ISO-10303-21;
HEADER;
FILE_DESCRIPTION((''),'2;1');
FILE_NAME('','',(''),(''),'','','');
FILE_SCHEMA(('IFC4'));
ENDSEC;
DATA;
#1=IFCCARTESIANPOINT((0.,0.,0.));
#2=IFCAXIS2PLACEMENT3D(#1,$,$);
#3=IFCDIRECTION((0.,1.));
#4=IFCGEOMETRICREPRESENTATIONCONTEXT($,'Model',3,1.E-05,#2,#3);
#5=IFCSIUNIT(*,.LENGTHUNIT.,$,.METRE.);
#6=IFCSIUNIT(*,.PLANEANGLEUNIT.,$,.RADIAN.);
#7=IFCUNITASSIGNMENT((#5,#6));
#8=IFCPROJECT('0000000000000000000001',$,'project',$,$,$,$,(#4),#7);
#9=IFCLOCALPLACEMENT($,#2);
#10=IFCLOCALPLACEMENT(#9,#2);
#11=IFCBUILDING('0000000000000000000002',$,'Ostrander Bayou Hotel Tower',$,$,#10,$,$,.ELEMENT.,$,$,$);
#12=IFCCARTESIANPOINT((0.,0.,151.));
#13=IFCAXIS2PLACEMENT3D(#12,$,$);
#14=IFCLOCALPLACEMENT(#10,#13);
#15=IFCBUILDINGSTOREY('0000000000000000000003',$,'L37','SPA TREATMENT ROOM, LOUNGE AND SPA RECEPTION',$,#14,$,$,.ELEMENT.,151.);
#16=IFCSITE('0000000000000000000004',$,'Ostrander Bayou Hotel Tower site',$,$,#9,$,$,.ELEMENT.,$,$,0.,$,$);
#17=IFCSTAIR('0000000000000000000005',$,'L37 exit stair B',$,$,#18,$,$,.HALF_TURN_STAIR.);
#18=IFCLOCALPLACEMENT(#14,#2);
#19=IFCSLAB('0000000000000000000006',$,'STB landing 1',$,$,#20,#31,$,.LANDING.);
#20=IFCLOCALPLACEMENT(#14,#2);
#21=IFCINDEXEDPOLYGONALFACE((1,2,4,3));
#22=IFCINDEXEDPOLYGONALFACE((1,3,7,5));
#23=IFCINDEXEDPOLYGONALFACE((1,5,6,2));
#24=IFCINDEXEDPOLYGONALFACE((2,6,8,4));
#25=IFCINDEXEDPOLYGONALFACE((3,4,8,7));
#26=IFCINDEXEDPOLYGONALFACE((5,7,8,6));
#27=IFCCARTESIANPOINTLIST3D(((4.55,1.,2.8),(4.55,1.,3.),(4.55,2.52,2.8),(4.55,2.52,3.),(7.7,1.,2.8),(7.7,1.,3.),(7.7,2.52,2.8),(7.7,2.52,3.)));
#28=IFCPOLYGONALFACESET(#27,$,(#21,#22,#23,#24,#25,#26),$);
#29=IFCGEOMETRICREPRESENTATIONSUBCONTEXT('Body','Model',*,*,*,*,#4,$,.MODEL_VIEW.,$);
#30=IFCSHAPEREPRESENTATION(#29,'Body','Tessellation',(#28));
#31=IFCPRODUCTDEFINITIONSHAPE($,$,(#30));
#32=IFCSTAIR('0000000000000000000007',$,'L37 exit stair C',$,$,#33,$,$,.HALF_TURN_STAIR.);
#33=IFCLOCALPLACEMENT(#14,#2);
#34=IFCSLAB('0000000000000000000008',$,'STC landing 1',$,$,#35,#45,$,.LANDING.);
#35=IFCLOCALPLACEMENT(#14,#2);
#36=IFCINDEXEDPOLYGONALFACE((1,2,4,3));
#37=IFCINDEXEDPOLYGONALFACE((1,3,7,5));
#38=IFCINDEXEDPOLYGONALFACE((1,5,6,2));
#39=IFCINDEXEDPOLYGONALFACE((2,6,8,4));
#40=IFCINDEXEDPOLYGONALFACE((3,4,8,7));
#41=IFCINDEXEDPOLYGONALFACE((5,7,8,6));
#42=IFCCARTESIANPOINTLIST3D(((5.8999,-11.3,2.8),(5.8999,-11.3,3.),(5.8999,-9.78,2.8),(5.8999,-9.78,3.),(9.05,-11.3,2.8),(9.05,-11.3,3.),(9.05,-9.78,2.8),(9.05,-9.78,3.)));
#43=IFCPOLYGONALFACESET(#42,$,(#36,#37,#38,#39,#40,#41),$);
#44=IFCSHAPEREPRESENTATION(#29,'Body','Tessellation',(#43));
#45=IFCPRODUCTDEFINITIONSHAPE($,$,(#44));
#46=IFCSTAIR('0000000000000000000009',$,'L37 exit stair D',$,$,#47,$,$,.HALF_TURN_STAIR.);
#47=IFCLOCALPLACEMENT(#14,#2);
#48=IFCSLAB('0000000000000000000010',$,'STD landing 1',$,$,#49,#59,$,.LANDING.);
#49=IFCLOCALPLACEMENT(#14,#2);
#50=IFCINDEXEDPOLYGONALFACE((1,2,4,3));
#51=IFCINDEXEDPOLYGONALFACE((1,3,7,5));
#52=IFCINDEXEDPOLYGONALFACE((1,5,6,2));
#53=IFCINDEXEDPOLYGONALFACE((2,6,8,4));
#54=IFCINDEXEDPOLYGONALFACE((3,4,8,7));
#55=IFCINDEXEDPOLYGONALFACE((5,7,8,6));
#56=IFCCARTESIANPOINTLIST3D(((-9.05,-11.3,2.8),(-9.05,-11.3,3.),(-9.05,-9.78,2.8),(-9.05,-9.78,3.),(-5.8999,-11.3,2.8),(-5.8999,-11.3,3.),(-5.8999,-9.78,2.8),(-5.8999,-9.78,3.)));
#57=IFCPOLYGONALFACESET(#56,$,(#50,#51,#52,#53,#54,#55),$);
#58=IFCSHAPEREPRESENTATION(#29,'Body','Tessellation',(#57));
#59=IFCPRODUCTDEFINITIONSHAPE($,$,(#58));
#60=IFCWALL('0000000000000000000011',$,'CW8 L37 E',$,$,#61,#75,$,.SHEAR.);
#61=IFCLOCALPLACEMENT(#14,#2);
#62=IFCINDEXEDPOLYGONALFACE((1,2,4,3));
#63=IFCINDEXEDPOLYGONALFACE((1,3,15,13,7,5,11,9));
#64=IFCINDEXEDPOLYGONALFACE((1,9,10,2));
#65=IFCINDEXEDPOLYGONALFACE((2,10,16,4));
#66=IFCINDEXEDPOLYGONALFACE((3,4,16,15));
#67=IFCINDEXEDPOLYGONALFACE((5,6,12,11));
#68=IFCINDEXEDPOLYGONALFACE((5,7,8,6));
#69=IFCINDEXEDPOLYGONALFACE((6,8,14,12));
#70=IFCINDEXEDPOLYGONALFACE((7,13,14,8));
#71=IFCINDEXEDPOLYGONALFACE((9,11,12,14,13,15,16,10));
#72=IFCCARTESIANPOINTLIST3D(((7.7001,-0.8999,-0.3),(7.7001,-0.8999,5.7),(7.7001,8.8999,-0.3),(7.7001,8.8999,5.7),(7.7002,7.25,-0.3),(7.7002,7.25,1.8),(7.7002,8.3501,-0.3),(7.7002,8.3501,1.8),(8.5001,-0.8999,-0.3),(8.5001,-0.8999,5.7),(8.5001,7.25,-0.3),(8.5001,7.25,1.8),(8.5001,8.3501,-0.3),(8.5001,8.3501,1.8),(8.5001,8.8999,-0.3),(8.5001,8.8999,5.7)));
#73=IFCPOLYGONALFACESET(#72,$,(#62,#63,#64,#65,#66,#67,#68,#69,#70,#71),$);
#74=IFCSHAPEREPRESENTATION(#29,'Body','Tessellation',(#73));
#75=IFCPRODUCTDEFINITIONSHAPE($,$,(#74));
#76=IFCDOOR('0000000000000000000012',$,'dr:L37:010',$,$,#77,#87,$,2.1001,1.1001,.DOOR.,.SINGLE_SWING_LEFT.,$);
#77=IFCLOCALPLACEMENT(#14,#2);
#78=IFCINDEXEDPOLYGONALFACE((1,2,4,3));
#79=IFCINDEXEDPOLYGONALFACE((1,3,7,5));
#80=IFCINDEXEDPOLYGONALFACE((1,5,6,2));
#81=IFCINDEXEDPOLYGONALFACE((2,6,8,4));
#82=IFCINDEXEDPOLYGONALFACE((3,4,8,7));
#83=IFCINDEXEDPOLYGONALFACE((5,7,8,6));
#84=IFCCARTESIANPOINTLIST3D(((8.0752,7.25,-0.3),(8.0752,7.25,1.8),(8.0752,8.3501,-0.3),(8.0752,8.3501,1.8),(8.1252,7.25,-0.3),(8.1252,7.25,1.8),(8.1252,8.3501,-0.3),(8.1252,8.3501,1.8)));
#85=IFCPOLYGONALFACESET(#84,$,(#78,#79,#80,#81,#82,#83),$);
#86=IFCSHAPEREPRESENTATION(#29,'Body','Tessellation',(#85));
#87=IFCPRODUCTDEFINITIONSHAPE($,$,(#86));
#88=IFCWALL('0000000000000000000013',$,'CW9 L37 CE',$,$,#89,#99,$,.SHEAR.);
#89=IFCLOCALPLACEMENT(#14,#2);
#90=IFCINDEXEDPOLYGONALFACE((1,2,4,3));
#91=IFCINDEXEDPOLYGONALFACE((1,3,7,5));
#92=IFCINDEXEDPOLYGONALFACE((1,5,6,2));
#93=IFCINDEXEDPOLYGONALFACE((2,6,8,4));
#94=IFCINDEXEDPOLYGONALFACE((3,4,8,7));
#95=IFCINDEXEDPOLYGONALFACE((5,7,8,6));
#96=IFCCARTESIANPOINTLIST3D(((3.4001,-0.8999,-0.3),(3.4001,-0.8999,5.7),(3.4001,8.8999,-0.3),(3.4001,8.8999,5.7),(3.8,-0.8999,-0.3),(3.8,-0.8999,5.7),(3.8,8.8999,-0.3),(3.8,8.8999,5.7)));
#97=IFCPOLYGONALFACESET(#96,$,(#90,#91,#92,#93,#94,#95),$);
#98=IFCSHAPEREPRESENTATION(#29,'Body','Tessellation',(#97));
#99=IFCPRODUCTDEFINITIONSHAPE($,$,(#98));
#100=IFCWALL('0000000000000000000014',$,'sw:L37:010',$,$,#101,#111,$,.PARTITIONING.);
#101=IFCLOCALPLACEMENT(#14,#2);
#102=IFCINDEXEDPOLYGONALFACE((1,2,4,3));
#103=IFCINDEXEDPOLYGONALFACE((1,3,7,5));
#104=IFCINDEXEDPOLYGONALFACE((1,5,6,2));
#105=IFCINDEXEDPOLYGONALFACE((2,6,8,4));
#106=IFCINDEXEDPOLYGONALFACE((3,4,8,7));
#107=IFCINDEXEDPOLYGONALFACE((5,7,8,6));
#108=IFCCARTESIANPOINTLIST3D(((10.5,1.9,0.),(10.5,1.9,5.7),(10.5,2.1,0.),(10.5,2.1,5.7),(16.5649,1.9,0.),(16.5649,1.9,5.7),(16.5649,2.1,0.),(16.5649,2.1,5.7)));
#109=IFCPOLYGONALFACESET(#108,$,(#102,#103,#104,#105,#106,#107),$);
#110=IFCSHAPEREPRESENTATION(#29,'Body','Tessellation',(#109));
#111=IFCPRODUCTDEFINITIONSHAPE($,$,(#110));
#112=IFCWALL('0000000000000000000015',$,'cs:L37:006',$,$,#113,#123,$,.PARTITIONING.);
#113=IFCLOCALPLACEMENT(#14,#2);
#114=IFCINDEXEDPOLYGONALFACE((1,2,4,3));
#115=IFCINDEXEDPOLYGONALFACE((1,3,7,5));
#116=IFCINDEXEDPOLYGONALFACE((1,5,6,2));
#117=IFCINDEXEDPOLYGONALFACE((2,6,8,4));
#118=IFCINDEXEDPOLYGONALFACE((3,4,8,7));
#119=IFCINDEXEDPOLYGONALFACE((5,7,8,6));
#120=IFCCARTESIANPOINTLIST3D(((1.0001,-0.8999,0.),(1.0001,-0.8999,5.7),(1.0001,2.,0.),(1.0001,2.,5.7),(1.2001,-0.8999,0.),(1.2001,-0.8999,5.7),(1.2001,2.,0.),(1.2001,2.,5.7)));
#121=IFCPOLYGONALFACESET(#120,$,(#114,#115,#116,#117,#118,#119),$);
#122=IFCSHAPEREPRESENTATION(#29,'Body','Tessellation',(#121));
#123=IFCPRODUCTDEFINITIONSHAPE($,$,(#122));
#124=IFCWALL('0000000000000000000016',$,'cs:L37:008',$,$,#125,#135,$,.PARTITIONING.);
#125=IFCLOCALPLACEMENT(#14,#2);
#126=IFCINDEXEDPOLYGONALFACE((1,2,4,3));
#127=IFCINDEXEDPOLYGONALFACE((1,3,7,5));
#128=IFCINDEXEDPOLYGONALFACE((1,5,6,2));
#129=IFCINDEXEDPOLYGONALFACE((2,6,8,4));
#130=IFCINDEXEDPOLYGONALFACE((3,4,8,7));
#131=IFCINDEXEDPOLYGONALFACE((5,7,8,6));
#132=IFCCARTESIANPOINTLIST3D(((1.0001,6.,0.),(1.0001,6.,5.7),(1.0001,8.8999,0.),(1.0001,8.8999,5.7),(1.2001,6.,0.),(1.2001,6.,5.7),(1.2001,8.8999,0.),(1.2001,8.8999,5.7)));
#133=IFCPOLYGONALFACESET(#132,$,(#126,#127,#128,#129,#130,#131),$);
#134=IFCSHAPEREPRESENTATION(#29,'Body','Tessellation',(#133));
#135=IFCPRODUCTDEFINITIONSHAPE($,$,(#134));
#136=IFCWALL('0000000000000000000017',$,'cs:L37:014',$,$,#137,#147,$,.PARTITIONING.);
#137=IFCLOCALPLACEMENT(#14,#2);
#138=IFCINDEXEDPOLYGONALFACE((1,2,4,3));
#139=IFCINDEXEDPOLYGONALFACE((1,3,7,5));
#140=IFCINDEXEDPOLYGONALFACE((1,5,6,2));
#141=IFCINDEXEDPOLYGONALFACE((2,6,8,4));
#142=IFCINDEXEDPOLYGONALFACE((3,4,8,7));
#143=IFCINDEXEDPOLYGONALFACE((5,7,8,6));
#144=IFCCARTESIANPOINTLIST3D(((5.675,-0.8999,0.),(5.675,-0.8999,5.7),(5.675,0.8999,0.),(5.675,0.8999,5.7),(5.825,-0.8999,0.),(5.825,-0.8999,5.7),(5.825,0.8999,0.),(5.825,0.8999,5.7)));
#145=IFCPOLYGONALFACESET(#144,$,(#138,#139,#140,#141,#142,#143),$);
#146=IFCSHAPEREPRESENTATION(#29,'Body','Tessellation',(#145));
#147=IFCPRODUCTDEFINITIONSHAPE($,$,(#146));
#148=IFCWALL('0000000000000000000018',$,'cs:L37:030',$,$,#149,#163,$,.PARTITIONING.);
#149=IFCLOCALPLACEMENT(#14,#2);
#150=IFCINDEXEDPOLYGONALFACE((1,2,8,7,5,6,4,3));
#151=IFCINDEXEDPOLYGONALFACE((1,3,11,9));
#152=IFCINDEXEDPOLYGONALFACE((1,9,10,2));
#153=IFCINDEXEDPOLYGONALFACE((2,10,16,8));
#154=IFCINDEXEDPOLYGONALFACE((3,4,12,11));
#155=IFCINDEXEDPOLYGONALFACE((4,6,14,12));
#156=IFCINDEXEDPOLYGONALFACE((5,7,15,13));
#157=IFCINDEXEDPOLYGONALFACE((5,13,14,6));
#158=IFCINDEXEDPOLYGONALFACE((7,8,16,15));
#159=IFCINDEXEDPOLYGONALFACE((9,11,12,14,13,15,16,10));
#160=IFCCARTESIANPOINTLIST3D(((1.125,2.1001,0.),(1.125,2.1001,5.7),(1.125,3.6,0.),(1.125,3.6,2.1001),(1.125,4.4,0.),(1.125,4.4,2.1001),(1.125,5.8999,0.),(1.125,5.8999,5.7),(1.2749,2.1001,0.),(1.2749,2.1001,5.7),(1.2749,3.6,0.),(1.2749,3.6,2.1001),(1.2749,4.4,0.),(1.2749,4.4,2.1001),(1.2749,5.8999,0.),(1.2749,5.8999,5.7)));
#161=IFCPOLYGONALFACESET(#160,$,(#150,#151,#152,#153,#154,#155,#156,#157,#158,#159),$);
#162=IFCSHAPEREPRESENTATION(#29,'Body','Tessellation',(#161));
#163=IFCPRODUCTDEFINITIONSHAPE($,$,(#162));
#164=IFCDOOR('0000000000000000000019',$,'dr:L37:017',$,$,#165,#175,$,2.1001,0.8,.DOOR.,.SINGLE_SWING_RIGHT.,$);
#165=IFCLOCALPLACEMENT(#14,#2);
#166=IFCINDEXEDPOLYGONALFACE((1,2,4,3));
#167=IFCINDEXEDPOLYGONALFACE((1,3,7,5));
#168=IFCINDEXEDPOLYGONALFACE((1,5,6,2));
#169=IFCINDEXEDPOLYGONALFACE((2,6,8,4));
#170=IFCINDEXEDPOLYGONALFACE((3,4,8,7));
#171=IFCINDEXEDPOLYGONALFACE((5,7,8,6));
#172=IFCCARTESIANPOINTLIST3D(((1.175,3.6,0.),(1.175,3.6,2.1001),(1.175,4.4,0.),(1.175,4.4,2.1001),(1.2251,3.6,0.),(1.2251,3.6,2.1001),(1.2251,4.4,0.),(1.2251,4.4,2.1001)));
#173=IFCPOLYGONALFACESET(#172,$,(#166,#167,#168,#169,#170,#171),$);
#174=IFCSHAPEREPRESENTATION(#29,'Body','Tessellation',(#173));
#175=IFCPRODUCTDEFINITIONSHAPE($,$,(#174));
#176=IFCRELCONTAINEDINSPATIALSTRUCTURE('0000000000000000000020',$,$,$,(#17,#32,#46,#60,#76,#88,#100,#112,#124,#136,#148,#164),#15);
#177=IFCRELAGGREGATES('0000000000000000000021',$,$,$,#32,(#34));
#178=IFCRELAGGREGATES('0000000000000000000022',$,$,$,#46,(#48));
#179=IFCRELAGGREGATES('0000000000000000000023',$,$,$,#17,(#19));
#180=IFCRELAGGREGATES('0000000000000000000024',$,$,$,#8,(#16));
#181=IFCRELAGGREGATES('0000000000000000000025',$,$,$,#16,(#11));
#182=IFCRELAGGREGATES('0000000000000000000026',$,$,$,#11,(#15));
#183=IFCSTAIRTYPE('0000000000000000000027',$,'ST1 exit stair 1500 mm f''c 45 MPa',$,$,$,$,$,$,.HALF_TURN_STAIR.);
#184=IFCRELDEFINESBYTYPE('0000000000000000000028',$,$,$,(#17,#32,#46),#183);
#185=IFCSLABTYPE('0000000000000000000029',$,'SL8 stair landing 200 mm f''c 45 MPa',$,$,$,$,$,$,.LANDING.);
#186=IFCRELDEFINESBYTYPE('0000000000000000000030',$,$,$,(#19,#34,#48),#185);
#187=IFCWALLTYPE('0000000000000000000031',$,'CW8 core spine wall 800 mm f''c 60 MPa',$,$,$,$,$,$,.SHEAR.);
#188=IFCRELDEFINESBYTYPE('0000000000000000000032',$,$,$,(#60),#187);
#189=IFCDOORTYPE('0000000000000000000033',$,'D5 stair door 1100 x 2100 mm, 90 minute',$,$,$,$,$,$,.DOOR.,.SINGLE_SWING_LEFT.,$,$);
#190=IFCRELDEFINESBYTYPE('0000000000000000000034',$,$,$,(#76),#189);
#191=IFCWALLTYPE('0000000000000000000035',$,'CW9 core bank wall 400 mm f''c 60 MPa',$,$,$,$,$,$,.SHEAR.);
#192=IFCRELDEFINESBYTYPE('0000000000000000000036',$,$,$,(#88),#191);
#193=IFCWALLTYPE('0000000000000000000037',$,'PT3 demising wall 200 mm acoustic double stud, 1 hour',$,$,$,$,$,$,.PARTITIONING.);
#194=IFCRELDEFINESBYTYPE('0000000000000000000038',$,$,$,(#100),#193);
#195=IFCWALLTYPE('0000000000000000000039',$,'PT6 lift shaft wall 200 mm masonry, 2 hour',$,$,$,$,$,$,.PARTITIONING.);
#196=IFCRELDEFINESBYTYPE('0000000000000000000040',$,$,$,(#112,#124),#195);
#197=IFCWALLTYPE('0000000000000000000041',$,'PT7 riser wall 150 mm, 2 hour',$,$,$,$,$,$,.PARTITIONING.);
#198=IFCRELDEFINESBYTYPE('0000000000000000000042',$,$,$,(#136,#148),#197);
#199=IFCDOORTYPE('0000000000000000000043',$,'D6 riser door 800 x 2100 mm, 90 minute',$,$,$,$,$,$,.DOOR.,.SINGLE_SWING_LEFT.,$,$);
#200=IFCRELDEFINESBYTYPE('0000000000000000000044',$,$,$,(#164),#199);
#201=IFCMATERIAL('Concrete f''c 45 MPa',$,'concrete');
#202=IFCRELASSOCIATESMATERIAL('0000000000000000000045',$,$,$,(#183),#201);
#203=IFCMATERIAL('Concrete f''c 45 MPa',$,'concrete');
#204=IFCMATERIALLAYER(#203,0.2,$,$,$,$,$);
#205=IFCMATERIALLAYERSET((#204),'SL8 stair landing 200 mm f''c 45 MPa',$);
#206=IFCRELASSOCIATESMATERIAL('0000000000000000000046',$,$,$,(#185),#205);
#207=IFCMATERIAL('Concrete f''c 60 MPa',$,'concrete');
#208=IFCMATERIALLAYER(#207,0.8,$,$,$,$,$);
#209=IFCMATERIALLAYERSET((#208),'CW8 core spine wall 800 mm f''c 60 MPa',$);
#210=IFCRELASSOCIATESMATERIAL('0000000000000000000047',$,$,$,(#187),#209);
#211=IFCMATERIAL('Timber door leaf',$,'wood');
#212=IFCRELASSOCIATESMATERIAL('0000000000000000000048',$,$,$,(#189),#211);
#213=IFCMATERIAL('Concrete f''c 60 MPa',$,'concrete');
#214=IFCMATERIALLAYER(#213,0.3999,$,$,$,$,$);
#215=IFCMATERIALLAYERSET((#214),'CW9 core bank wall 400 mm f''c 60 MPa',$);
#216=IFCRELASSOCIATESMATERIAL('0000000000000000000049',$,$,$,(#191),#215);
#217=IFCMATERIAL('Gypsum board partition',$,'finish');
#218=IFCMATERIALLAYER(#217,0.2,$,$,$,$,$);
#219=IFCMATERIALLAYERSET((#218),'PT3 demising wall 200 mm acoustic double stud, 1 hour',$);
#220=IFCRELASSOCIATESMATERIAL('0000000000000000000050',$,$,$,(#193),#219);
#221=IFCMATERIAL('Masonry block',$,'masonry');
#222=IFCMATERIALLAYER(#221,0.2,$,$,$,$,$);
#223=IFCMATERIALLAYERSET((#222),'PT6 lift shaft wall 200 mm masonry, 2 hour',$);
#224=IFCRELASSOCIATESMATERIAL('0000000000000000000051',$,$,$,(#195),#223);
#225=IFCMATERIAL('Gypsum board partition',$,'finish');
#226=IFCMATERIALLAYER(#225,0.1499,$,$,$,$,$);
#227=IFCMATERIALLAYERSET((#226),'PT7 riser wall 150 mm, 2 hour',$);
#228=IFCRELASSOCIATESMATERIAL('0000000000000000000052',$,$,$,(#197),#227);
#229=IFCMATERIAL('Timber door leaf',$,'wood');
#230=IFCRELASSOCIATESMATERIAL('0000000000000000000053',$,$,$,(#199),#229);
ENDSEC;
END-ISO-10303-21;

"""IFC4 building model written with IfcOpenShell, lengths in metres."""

from ifc_helpers import new_model, si_unit, direction, frame, frame_2d, origin, place, context, subcontext, project, spatial, polyline, rectangle, outline, extrude, material, layer, layer_set, type_object, element, fill, aggregate, save


model = new_model("IFC4")

# Units and contexts
model_context = context("Model", 3, precision=1e-05, world=origin(), true_north=direction((0.0, 1.0)))
body_context = subcontext(model_context, "Body", "Model", "MODEL_VIEW")
ifc_project = project(units=[si_unit("LENGTHUNIT", "METRE"), si_unit("PLANEANGLEUNIT", "RADIAN")], contexts=[model_context])

# Site, building, storey
site_placement = place(None, origin())
site = spatial("IfcSite", under=ifc_project, at=site_placement, Name="Ostrander Bayou Hotel Tower site", CompositionType="ELEMENT", RefElevation=0.0)
building_placement = place(site_placement, origin())
building = spatial("IfcBuilding", under=site, at=building_placement, Name="Ostrander Bayou Hotel Tower", CompositionType="ELEMENT")
storey_placement = place(building_placement, frame((0.0, 0.0, 151.0)))
storey = spatial("IfcBuildingStorey", under=building, at=storey_placement, Name="L37", Description="SPA TREATMENT ROOM, LOUNGE AND SPA RECEPTION", CompositionType="ELEMENT", Elevation=151.0)

# Stairs, slabs
ifc_material_1 = material(Name="Concrete f'c 45 MPa", Category="concrete")
stair_type = type_object("IfcStairType", Name="ST1 exit stair 1500 mm f'c 45 MPa", PredefinedType="HALF_TURN_STAIR", material=ifc_material_1)
ifc_material_2 = material(Name="Concrete f'c 45 MPa", Category="concrete")
ifc_layer_1 = layer(ifc_material_2, 0.2)
ifc_layer_set_1 = layer_set([ifc_layer_1], Name="SL8 stair landing 200 mm f'c 45 MPa")
slab_type_1 = type_object("IfcSlabType", Name="SL8 stair landing 200 mm f'c 45 MPa", PredefinedType="LANDING", material=ifc_layer_set_1)
stair_1_placement = place(storey_placement, origin())
stair_1 = element("IfcStair", 1, at=stair_1_placement, inside=storey, type_object=stair_type, Name="L37 exit stair B", PredefinedType="HALF_TURN_STAIR")
slab_1_placement = place(storey_placement, frame((0.0, 0.0, 2.8)))
slab_1 = element("IfcSlab", 2, at=slab_1_placement, type_object=slab_type_1, Name="STB landing 1", PredefinedType="LANDING", context=body_context, shape_type="SweptSolid", body=[
    extrude(outline(polyline([(4.55, 2.52), (4.55, 1.0), (7.7, 1.0), (7.7, 2.52), (4.55, 2.52)])), origin(), (0.0, 0.0, 1.0), 0.2),
])
stair_2_placement = place(storey_placement, origin())
stair_2 = element("IfcStair", 3, at=stair_2_placement, inside=storey, type_object=stair_type, Name="L37 exit stair C", PredefinedType="HALF_TURN_STAIR")
slab_2_placement = place(storey_placement, frame((0.0, 0.0, 2.8)))
slab_2 = element("IfcSlab", 4, at=slab_2_placement, type_object=slab_type_1, Name="STC landing 1", PredefinedType="LANDING", context=body_context, shape_type="SweptSolid", body=[
    extrude(outline(polyline([(5.8999, -9.78), (5.8999, -11.3), (9.05, -11.3), (9.05, -9.78), (5.8999, -9.78)])), origin(), (0.0, 0.0, 1.0), 0.2),
])
aggregate(stair_2, [slab_2])
stair_3_placement = place(storey_placement, origin())
stair_3 = element("IfcStair", 5, at=stair_3_placement, inside=storey, type_object=stair_type, Name="L37 exit stair D", PredefinedType="HALF_TURN_STAIR")
slab_3_placement = place(storey_placement, frame((0.0, 0.0, 2.8)))
slab_3 = element("IfcSlab", 6, at=slab_3_placement, type_object=slab_type_1, Name="STD landing 1", PredefinedType="LANDING", context=body_context, shape_type="SweptSolid", body=[
    extrude(outline(polyline([(-9.05, -9.78), (-9.05, -11.3), (-5.8999, -11.3), (-5.8999, -9.78), (-9.05, -9.78)])), origin(), (0.0, 0.0, 1.0), 0.2),
])
aggregate(stair_3, [slab_3])

# Wall, opening, door
ifc_material_3 = material(Name="Concrete f'c 60 MPa", Category="concrete")
ifc_layer_2 = layer(ifc_material_3, 0.8)
ifc_layer_set_2 = layer_set([ifc_layer_2], Name="CW8 core spine wall 800 mm f'c 60 MPa")
wall_type_1 = type_object("IfcWallType", Name="CW8 core spine wall 800 mm f'c 60 MPa", PredefinedType="SHEAR", material=ifc_layer_set_2)
wall_1_placement = place(storey_placement, frame((8.1001, -0.8999, -0.3), z_axis=(0.0, 0.0, 1.0), x_axis=(0.0, 1.0, 0.0)))
wall_1 = element("IfcWall", 7, at=wall_1_placement, inside=storey, type_object=wall_type_1, Name="CW8 L37 E", PredefinedType="SHEAR", context=body_context, shape_type="SweptSolid", body=[
    extrude(rectangle(XDim=9.7998, YDim=0.8, at=frame_2d((4.8999, 0.0))), origin(), (0.0, 0.0, 1.0), 6.0),
])
opening_1_placement = place(wall_1_placement, frame((8.1499, 0.0, 0.0)))
opening_1 = element("IfcOpeningElement", 8, at=opening_1_placement, cuts=wall_1, PredefinedType="OPENING", context=body_context, shape_type="SweptSolid", body=[
    extrude(rectangle(XDim=1.1001, YDim=2.1001, at=frame_2d((0.55, 1.05))), frame((0.0, 0.3999, 0.0), z_axis=(0.0, -1.0, 0.0), x_axis=(1.0, 0.0, 0.0)), (0.0, 0.0, 1.0), 0.8),
])
ifc_material_4 = material(Name="Timber door leaf", Category="wood")
door_type_1 = type_object("IfcDoorType", Name="D5 stair door 1100 x 2100 mm, 90 minute", OperationType="SINGLE_SWING_LEFT", PredefinedType="DOOR", material=ifc_material_4)
door_1_placement = place(opening_1_placement, origin())
door_1 = element("IfcDoor", 9, at=door_1_placement, inside=storey, type_object=door_type_1, Name="dr:L37:010", OperationType="SINGLE_SWING_LEFT", OverallHeight=2.1001, OverallWidth=1.1001, PredefinedType="DOOR", context=body_context, shape_type="SweptSolid", body=[
    extrude(rectangle(XDim=1.1001, YDim=2.1001, at=frame_2d((0.55, 1.05))), frame((0.0, 0.0249, 0.0), z_axis=(0.0, -1.0, 0.0), x_axis=(1.0, 0.0, 0.0)), (0.0, 0.0, 1.0), 0.05),
])
fill(opening_1, door_1)

# Walls
ifc_material_5 = material(Name="Concrete f'c 60 MPa", Category="concrete")
ifc_layer_3 = layer(ifc_material_5, 0.3999)
ifc_layer_set_3 = layer_set([ifc_layer_3], Name="CW9 core bank wall 400 mm f'c 60 MPa")
wall_type_2 = type_object("IfcWallType", Name="CW9 core bank wall 400 mm f'c 60 MPa", PredefinedType="SHEAR", material=ifc_layer_set_3)
wall_2_placement = place(storey_placement, frame((3.6001, -0.8999, -0.3), z_axis=(0.0, 0.0, 1.0), x_axis=(0.0, 1.0, 0.0)))
element("IfcWall", 10, at=wall_2_placement, inside=storey, type_object=wall_type_2, Name="CW9 L37 CE", PredefinedType="SHEAR", context=body_context, shape_type="SweptSolid", body=[
    extrude(rectangle(XDim=9.7998, YDim=0.3999, at=frame_2d((4.8999, 0.0))), origin(), (0.0, 0.0, 1.0), 6.0),
])
ifc_material_6 = material(Name="Gypsum board partition", Category="finish")
ifc_layer_4 = layer(ifc_material_6, 0.2)
ifc_layer_set_4 = layer_set([ifc_layer_4], Name="PT3 demising wall 200 mm acoustic double stud, 1 hour")
wall_type_3 = type_object("IfcWallType", Name="PT3 demising wall 200 mm acoustic double stud, 1 hour", PredefinedType="PARTITIONING", material=ifc_layer_set_4)
wall_3_placement = place(storey_placement, frame((10.5, 2.0, 0.0), z_axis=(0.0, 0.0, 1.0), x_axis=(1.0, 0.0, 0.0)))
element("IfcWall", 11, at=wall_3_placement, inside=storey, type_object=wall_type_3, Name="sw:L37:010", PredefinedType="PARTITIONING", context=body_context, shape_type="SweptSolid", body=[
    extrude(rectangle(XDim=6.0649, YDim=0.2, at=frame_2d((3.0325, 0.0))), origin(), (0.0, 0.0, 1.0), 5.7),
])

# Shared definitions
ifc_material_7 = material(Name="Masonry block", Category="masonry")
ifc_layer_5 = layer(ifc_material_7, 0.2)
ifc_layer_set_5 = layer_set([ifc_layer_5], Name="PT6 lift shaft wall 200 mm masonry, 2 hour")
wall_type_4 = type_object("IfcWallType", Name="PT6 lift shaft wall 200 mm masonry, 2 hour", PredefinedType="PARTITIONING", material=ifc_layer_set_5)

# Walls
for number, where, z_axis, x_axis, name in (
    (12, (1.1001, -0.8999, 0.0), (0.0, 0.0, 1.0), (0.0, 1.0, 0.0), "cs:L37:006"),
    (13, (1.1001, 6.0, 0.0), (0.0, 0.0, 1.0), (0.0, 1.0, 0.0), "cs:L37:008"),
):
    element("IfcWall", number, at=place(storey_placement, frame(where, z_axis=z_axis, x_axis=x_axis)), inside=storey, type_object=wall_type_4, Name=name, PredefinedType="PARTITIONING", context=body_context, shape_type="SweptSolid", body=[
        extrude(rectangle(XDim=2.8999, YDim=0.2, at=frame_2d((1.45, 0.0))), origin(), (0.0, 0.0, 1.0), 5.7),
    ])
ifc_material_8 = material(Name="Gypsum board partition", Category="finish")
ifc_layer_6 = layer(ifc_material_8, 0.1499)
ifc_layer_set_6 = layer_set([ifc_layer_6], Name="PT7 riser wall 150 mm, 2 hour")
wall_type_5 = type_object("IfcWallType", Name="PT7 riser wall 150 mm, 2 hour", PredefinedType="PARTITIONING", material=ifc_layer_set_6)
wall_4_placement = place(storey_placement, frame((5.75, -0.8999, 0.0), z_axis=(0.0, 0.0, 1.0), x_axis=(0.0, 1.0, 0.0)))
element("IfcWall", 14, at=wall_4_placement, inside=storey, type_object=wall_type_5, Name="cs:L37:014", PredefinedType="PARTITIONING", context=body_context, shape_type="SweptSolid", body=[
    extrude(rectangle(XDim=1.7998, YDim=0.1499, at=frame_2d((0.8999, 0.0))), origin(), (0.0, 0.0, 1.0), 5.7),
])

# Wall, opening, door
wall_5_placement = place(storey_placement, frame((1.2, 2.1001, 0.0), z_axis=(0.0, 0.0, 1.0), x_axis=(0.0, 1.0, 0.0)))
wall_5 = element("IfcWall", 15, at=wall_5_placement, inside=storey, type_object=wall_type_5, Name="cs:L37:030", PredefinedType="PARTITIONING", context=body_context, shape_type="SweptSolid", body=[
    extrude(rectangle(XDim=3.7998, YDim=0.1499, at=frame_2d((1.8999, 0.0))), origin(), (0.0, 0.0, 1.0), 5.7),
])
opening_2_placement = place(wall_5_placement, frame((1.5, 0.0, 0.0)))
opening_2 = element("IfcOpeningElement", 16, at=opening_2_placement, cuts=wall_5, PredefinedType="OPENING", context=body_context, shape_type="SweptSolid", body=[
    extrude(rectangle(XDim=0.8, YDim=2.1001, at=frame_2d((0.3999, 1.05))), frame((0.0, 0.075, 0.0), z_axis=(0.0, -1.0, 0.0), x_axis=(1.0, 0.0, 0.0)), (0.0, 0.0, 1.0), 0.1499),
])
ifc_material_9 = material(Name="Timber door leaf", Category="wood")
door_type_2 = type_object("IfcDoorType", Name="D6 riser door 800 x 2100 mm, 90 minute", OperationType="SINGLE_SWING_LEFT", PredefinedType="DOOR", material=ifc_material_9)
door_2_placement = place(opening_2_placement, origin())
door_2 = element("IfcDoor", 17, at=door_2_placement, inside=storey, type_object=door_type_2, Name="dr:L37:017", OperationType="SINGLE_SWING_RIGHT", OverallHeight=2.1001, OverallWidth=0.8, PredefinedType="DOOR", context=body_context, shape_type="SweptSolid", body=[
    extrude(rectangle(XDim=0.8, YDim=2.1001, at=frame_2d((0.3999, 1.05))), frame((0.0, 0.0249, 0.0), z_axis=(0.0, -1.0, 0.0), x_axis=(1.0, 0.0, 0.0)), (0.0, 0.0, 1.0), 0.05),
])
fill(opening_2, door_2)

aggregate(stair_1, [slab_1])

save(model, "model.ifc")
